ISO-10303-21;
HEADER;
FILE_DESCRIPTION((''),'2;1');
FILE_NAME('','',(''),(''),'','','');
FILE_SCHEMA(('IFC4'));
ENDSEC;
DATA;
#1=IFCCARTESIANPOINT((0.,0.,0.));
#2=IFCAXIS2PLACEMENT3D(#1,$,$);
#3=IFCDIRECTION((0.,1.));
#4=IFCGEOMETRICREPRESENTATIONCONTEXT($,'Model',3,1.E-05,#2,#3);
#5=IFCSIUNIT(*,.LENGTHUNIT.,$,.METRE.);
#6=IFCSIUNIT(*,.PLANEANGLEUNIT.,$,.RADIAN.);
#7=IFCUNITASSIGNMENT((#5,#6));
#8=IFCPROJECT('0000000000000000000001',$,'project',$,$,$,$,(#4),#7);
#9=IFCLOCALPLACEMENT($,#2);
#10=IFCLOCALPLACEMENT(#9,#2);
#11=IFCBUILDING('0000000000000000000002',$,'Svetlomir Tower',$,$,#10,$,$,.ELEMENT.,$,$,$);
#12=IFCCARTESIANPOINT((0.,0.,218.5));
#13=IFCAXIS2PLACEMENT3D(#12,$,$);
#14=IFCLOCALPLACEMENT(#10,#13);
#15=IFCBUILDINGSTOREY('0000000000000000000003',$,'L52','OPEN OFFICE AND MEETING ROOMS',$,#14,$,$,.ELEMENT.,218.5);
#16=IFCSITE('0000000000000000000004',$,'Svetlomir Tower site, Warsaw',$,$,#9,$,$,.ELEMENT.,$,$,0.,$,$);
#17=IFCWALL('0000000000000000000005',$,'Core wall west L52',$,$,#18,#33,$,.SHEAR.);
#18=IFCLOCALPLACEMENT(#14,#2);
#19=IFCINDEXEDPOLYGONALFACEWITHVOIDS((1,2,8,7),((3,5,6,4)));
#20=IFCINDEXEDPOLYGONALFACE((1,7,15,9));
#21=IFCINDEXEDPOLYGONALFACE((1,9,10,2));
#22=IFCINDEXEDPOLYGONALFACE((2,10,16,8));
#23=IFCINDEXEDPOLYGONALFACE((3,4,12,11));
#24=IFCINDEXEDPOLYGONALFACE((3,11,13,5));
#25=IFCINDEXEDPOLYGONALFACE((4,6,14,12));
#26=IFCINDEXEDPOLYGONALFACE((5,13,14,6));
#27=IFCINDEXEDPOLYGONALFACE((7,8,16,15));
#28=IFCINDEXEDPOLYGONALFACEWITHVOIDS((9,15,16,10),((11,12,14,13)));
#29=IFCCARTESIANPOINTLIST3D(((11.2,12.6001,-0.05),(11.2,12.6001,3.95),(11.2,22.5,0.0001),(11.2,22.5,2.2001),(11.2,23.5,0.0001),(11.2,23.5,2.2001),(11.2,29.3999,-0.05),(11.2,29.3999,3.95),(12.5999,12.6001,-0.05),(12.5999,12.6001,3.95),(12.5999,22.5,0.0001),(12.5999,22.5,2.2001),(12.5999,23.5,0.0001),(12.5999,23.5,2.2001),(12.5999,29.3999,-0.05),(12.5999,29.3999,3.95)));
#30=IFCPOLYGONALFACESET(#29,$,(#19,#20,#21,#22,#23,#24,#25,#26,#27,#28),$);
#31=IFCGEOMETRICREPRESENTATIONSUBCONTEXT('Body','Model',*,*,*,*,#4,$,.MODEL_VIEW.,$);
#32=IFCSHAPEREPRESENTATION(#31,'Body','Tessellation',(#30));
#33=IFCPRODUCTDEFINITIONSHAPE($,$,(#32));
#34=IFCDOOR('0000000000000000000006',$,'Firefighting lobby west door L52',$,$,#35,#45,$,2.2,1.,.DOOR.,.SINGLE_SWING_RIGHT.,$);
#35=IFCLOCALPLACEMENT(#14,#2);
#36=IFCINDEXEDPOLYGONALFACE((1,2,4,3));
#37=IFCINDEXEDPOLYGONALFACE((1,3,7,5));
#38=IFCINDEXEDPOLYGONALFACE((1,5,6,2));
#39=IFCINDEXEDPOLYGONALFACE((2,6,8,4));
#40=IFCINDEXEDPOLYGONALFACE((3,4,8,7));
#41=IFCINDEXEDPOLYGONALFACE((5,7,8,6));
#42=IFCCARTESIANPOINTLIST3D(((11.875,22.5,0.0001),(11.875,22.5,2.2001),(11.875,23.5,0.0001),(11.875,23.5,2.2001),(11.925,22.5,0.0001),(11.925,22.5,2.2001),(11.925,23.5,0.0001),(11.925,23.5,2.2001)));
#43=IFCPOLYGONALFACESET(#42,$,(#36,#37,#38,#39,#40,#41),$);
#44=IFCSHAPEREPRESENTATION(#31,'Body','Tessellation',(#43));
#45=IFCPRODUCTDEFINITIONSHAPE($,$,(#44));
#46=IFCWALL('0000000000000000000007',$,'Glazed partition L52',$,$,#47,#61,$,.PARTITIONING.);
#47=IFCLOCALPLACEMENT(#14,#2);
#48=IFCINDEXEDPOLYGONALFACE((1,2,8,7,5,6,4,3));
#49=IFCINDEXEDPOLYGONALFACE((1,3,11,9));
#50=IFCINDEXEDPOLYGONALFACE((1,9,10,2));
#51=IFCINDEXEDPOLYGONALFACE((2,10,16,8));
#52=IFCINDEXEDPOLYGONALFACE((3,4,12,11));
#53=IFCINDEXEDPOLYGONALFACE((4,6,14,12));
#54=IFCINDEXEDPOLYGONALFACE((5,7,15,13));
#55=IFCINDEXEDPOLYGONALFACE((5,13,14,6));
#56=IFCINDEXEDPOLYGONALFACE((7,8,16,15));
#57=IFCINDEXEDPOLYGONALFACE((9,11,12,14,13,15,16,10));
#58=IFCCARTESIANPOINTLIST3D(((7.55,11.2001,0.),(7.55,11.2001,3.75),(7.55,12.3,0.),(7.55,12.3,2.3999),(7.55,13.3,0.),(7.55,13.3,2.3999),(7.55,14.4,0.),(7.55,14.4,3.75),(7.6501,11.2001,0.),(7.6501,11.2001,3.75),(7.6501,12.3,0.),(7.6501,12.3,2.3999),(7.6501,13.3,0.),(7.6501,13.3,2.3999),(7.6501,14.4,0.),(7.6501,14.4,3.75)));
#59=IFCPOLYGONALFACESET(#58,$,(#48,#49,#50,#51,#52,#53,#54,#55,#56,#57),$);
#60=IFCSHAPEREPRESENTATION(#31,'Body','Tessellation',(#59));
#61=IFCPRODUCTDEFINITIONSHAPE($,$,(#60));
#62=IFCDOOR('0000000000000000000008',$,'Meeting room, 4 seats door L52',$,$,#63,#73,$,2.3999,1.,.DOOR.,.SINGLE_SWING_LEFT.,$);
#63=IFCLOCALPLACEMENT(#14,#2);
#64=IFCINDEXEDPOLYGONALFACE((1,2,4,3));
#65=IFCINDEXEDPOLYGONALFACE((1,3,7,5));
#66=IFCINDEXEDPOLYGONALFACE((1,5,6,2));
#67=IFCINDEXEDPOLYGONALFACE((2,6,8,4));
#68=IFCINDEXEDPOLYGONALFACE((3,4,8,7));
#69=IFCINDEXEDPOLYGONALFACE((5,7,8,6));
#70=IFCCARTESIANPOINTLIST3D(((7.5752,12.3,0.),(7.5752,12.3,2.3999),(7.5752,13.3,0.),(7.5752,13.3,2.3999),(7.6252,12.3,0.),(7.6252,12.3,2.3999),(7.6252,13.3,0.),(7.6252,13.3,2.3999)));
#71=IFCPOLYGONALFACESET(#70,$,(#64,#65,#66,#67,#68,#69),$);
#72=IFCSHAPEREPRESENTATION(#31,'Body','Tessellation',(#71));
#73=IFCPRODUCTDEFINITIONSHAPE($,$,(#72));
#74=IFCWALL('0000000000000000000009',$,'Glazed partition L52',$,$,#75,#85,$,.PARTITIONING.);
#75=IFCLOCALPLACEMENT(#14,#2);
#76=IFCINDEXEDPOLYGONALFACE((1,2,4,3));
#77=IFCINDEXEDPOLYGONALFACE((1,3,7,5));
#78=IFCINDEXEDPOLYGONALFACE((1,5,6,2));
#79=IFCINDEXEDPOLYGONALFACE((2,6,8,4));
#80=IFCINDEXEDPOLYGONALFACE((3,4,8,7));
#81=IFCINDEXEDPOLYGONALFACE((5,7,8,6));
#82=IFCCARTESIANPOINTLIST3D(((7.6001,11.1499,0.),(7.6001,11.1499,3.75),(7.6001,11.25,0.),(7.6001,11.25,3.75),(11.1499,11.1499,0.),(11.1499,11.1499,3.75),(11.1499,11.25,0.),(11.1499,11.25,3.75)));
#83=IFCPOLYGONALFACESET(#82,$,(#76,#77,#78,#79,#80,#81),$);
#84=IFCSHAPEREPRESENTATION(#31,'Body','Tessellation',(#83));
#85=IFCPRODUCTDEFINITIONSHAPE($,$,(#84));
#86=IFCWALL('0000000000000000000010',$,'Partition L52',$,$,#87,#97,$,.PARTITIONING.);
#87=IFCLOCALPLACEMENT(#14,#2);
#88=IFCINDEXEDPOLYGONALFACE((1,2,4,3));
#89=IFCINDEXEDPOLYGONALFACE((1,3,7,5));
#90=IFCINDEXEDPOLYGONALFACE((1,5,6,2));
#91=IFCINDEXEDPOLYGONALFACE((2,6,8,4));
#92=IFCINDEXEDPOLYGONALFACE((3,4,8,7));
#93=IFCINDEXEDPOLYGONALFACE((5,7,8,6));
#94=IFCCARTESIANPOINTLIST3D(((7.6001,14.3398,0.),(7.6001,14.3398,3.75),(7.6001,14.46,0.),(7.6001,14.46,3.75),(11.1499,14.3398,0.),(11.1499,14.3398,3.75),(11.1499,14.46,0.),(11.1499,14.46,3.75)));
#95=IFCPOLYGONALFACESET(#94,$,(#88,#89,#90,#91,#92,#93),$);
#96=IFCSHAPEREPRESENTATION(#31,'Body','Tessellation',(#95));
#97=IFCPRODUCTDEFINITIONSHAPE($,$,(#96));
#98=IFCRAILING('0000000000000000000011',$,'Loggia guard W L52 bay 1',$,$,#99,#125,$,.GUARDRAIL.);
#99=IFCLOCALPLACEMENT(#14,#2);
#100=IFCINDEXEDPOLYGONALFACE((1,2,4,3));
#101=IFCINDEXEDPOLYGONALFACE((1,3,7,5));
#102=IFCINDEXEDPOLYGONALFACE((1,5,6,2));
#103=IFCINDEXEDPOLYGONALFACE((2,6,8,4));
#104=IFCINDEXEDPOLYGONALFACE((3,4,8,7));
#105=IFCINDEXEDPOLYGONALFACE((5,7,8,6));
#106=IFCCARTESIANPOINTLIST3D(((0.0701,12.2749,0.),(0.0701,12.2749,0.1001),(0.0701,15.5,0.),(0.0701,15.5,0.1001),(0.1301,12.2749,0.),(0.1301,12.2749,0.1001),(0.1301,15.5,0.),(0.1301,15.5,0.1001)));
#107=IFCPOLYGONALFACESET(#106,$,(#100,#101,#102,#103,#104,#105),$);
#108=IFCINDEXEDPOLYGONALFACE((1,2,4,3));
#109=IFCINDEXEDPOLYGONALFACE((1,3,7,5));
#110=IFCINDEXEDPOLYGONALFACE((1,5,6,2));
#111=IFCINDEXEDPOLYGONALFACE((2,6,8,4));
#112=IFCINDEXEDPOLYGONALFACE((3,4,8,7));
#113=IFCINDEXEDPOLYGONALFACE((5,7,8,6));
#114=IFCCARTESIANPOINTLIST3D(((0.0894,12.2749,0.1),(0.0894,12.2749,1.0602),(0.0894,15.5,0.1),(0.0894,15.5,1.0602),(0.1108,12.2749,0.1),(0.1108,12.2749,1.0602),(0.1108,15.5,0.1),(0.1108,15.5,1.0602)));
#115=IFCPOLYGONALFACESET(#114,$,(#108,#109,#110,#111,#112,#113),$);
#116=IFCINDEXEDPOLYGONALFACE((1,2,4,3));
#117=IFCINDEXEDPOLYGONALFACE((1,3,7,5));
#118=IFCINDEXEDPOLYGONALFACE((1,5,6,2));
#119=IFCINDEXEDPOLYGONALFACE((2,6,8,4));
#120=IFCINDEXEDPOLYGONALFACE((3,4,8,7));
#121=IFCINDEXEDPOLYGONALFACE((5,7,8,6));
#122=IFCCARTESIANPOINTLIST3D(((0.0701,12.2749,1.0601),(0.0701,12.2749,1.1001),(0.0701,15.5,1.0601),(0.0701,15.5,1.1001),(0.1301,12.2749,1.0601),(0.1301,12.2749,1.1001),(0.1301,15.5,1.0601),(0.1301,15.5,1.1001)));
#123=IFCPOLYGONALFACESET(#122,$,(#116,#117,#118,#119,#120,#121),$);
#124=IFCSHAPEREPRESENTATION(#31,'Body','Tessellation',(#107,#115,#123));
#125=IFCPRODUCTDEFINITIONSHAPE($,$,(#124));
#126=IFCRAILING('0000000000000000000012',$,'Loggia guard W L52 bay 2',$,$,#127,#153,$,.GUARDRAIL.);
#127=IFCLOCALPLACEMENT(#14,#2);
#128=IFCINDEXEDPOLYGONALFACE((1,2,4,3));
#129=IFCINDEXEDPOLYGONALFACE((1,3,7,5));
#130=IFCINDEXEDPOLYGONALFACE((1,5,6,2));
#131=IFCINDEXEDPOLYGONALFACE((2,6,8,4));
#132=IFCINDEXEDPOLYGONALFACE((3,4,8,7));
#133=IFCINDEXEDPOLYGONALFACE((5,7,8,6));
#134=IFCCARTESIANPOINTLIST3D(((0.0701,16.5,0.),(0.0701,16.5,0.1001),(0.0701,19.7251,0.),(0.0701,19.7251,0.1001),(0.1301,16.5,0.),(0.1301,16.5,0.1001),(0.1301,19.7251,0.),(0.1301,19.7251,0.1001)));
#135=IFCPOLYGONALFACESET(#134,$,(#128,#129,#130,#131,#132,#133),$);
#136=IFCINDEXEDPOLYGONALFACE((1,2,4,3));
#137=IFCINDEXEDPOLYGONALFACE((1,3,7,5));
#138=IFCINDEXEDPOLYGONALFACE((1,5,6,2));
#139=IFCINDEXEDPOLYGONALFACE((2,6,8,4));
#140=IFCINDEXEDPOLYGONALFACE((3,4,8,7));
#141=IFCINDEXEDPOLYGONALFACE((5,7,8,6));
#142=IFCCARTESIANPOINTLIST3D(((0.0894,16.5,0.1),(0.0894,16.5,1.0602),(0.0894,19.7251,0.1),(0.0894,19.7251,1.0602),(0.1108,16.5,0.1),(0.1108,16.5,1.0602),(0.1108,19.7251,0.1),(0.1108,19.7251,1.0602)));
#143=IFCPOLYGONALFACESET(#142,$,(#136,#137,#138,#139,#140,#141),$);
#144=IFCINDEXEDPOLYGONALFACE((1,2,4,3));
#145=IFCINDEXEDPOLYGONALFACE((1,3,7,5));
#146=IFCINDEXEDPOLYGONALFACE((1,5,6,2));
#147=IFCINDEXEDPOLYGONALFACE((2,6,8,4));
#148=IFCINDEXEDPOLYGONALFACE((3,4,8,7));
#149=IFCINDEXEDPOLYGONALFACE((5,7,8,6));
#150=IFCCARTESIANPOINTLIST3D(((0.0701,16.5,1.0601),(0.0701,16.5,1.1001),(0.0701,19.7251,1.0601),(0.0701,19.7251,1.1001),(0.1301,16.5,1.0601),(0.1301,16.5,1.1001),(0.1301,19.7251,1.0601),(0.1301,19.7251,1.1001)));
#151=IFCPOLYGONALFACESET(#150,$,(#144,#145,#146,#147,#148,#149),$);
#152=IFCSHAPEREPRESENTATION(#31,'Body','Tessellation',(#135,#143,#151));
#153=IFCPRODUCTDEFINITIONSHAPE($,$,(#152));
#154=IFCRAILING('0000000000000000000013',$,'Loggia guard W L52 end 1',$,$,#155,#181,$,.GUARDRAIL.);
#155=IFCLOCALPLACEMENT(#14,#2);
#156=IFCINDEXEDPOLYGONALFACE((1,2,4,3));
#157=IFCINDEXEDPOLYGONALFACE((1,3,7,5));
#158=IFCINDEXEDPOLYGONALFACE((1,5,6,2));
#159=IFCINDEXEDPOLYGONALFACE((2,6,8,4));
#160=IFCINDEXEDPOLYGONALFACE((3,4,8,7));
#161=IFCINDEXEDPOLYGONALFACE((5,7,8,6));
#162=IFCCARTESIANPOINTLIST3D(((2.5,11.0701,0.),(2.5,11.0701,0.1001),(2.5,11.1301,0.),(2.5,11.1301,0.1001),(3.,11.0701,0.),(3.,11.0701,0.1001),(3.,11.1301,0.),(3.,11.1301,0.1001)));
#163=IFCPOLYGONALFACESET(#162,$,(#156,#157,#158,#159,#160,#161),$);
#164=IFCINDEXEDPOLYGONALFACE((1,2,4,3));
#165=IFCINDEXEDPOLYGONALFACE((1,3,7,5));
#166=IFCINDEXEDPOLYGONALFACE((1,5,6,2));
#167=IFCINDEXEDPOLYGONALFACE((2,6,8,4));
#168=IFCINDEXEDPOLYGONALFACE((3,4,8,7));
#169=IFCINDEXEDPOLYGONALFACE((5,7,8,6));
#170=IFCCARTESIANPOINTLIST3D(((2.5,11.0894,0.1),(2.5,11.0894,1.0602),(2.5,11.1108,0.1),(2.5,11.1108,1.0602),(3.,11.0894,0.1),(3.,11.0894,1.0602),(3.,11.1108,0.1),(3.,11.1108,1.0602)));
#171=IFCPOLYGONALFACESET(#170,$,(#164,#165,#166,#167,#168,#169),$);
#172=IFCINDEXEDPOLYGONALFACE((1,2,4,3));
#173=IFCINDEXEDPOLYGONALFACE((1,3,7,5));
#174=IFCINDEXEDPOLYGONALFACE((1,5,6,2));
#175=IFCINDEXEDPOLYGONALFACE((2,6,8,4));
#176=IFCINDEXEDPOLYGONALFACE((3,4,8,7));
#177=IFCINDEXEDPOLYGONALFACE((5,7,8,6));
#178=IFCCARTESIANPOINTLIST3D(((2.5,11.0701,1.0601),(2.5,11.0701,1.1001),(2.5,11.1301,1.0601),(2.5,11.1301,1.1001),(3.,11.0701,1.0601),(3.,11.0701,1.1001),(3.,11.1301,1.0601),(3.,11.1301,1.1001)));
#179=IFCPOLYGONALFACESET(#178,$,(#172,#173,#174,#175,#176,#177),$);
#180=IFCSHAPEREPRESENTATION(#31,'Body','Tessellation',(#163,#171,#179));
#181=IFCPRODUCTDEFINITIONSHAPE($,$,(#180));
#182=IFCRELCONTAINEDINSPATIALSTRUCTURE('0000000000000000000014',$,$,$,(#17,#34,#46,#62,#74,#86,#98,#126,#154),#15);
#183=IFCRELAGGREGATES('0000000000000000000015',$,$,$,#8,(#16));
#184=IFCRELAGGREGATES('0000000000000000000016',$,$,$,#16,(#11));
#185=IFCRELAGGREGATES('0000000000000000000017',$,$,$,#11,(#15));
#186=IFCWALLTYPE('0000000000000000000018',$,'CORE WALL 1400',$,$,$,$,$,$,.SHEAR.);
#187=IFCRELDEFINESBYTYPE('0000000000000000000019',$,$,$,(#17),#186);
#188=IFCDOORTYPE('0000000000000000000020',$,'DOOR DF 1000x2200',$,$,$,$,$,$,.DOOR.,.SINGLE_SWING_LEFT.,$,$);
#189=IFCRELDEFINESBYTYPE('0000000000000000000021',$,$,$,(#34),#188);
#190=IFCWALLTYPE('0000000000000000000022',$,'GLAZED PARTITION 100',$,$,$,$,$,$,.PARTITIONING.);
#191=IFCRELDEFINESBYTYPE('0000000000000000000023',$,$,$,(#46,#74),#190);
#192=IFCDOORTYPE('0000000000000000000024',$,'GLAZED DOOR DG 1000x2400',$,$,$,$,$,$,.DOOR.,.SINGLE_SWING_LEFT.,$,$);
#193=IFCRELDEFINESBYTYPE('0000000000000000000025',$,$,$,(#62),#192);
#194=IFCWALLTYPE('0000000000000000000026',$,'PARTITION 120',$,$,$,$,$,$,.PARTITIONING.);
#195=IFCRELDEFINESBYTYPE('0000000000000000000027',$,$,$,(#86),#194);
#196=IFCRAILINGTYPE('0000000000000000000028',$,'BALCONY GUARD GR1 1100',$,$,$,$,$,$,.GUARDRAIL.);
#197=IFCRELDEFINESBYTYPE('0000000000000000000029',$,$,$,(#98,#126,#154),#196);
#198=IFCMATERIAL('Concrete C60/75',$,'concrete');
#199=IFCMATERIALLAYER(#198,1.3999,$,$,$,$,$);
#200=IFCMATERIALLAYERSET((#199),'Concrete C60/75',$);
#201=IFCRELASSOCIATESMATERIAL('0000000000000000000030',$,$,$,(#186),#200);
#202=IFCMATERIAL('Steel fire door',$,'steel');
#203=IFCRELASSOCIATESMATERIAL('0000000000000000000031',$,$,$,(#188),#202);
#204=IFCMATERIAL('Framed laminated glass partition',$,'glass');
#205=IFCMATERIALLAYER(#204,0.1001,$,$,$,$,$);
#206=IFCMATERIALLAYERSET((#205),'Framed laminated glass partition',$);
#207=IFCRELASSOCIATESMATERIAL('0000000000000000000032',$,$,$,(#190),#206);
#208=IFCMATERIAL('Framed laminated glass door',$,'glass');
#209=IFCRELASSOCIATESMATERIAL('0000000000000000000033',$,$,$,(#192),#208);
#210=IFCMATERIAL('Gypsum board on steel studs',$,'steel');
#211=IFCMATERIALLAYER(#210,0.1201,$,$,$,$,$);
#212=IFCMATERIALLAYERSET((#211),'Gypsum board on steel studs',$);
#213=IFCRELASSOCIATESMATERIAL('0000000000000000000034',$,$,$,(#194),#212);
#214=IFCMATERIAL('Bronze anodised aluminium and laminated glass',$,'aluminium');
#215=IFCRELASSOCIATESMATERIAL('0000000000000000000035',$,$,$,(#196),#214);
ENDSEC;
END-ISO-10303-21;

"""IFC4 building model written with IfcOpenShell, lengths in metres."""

from ifc_helpers import new_model, si_unit, direction, frame, frame_2d, origin, origin_2d, place, context, subcontext, project, spatial, rectangle, extrude, material, layer, layer_set, type_object, element, fill, save


model = new_model("IFC4")

# Units and contexts
model_context = context("Model", 3, precision=1e-05, world=origin(), true_north=direction((0.0, 1.0)))
body_context = subcontext(model_context, "Body", "Model", "MODEL_VIEW")
ifc_project = project(units=[si_unit("LENGTHUNIT", "METRE"), si_unit("PLANEANGLEUNIT", "RADIAN")], contexts=[model_context])

# Site, building, storey
site_placement = place(None, origin())
site = spatial("IfcSite", under=ifc_project, at=site_placement, Name="Svetlomir Tower site, Warsaw", CompositionType="ELEMENT", RefElevation=0.0)
building_placement = place(site_placement, origin())
building = spatial("IfcBuilding", under=site, at=building_placement, Name="Svetlomir Tower", CompositionType="ELEMENT")
storey_placement = place(building_placement, frame((0.0, 0.0, 218.5)))
storey = spatial("IfcBuildingStorey", under=building, at=storey_placement, Name="L52", Description="OPEN OFFICE AND MEETING ROOMS", CompositionType="ELEMENT", Elevation=218.5)

# Walls, openings, doors
ifc_material_1 = material(Name="Concrete C60/75", Category="concrete")
ifc_layer_1 = layer(ifc_material_1, 1.3999)
ifc_layer_set_1 = layer_set([ifc_layer_1], Name="Concrete C60/75")
wall_type_1 = type_object("IfcWallType", Name="CORE WALL 1400", PredefinedType="SHEAR", material=ifc_layer_set_1)
wall_1_placement = place(storey_placement, frame((11.8999, 12.6001, -0.05), z_axis=(0.0, 0.0, 1.0), x_axis=(0.0, 1.0, 0.0)))
wall_1 = element("IfcWall", 1, at=wall_1_placement, inside=storey, type_object=wall_type_1, Name="Core wall west L52", PredefinedType="SHEAR", context=body_context, shape_type="SweptSolid", body=[
    extrude(rectangle(XDim=16.7998, YDim=1.3999, at=frame_2d((8.3999, 0.0))), origin(), (0.0, 0.0, 1.0), 4.0),
])
opening_1_placement = place(wall_1_placement, frame((9.8999, 0.0, 0.05)))
opening_1 = element("IfcOpeningElement", 2, at=opening_1_placement, cuts=wall_1, PredefinedType="OPENING", context=body_context, shape_type="SweptSolid", body=[
    extrude(rectangle(XDim=1.0, YDim=2.2, at=frame_2d((0.5, 1.1001))), frame((0.0, 0.71, 0.0), z_axis=(0.0, -1.0, 0.0), x_axis=(1.0, 0.0, 0.0)), (0.0, 0.0, 1.0), 1.4199),
])
ifc_material_2 = material(Name="Steel fire door", Category="steel")
door_type_1 = type_object("IfcDoorType", Name="DOOR DF 1000x2200", OperationType="SINGLE_SWING_LEFT", PredefinedType="DOOR", material=ifc_material_2)
door_1_placement = place(opening_1_placement, origin())
door_1 = element("IfcDoor", 3, at=door_1_placement, inside=storey, type_object=door_type_1, Name="Firefighting lobby west door L52", OperationType="SINGLE_SWING_RIGHT", OverallHeight=2.2, OverallWidth=1.0, PredefinedType="DOOR", context=body_context, shape_type="SweptSolid", body=[
    extrude(rectangle(XDim=1.0, YDim=2.2, at=frame_2d((0.5, 1.1001))), frame((0.0, 0.0249, 0.0), z_axis=(0.0, -1.0, 0.0), x_axis=(1.0, 0.0, 0.0)), (0.0, 0.0, 1.0), 0.05),
])
fill(opening_1, door_1)
ifc_material_3 = material(Name="Framed laminated glass partition", Category="glass")
ifc_layer_2 = layer(ifc_material_3, 0.1001)
ifc_layer_set_2 = layer_set([ifc_layer_2], Name="Framed laminated glass partition")
wall_type_2 = type_object("IfcWallType", Name="GLAZED PARTITION 100", PredefinedType="PARTITIONING", material=ifc_layer_set_2)
wall_2_placement = place(storey_placement, frame((7.6001, 11.2, 0.0), z_axis=(0.0, 0.0, 1.0), x_axis=(0.0, 1.0, 0.0)))
wall_2 = element("IfcWall", 4, at=wall_2_placement, inside=storey, type_object=wall_type_2, Name="Glazed partition L52", PredefinedType="PARTITIONING", context=body_context, shape_type="SweptSolid", body=[
    extrude(rectangle(XDim=3.2, YDim=0.1001, at=frame_2d((1.6001, 0.0))), origin(), (0.0, 0.0, 1.0), 3.75),
])
opening_2_placement = place(wall_2_placement, frame((1.1001, 0.0, 0.0)))
opening_2 = element("IfcOpeningElement", 5, at=opening_2_placement, cuts=wall_2, PredefinedType="OPENING", context=body_context, shape_type="SweptSolid", body=[
    extrude(rectangle(XDim=1.0, YDim=2.3999, at=frame_2d((0.5, 1.2))), frame((0.0, 0.0601, 0.0), z_axis=(0.0, -1.0, 0.0), x_axis=(1.0, 0.0, 0.0)), (0.0, 0.0, 1.0), 0.1201),
])
ifc_material_4 = material(Name="Framed laminated glass door", Category="glass")
door_type_2 = type_object("IfcDoorType", Name="GLAZED DOOR DG 1000x2400", OperationType="SINGLE_SWING_LEFT", PredefinedType="DOOR", material=ifc_material_4)
door_2_placement = place(opening_2_placement, origin())
door_2 = element("IfcDoor", 6, at=door_2_placement, inside=storey, type_object=door_type_2, Name="Meeting room, 4 seats door L52", OperationType="SINGLE_SWING_LEFT", OverallHeight=2.3999, OverallWidth=1.0, PredefinedType="DOOR", context=body_context, shape_type="SweptSolid", body=[
    extrude(rectangle(XDim=1.0, YDim=2.3999, at=frame_2d((0.5, 1.2))), frame((0.0, 0.0249, 0.0), z_axis=(0.0, -1.0, 0.0), x_axis=(1.0, 0.0, 0.0)), (0.0, 0.0, 1.0), 0.05),
])
fill(opening_2, door_2)

# Wall
wall_3_placement = place(storey_placement, frame((7.6001, 11.2, 0.0), z_axis=(0.0, 0.0, 1.0), x_axis=(1.0, 0.0, 0.0)))
element("IfcWall", 7, at=wall_3_placement, inside=storey, type_object=wall_type_2, Name="Glazed partition L52", PredefinedType="PARTITIONING", context=body_context, shape_type="SweptSolid", body=[
    extrude(rectangle(XDim=3.5498, YDim=0.1001, at=frame_2d((1.7749, 0.0))), origin(), (0.0, 0.0, 1.0), 3.75),
])

# Wall
ifc_material_5 = material(Name="Gypsum board on steel studs", Category="steel")
ifc_layer_3 = layer(ifc_material_5, 0.1201)
ifc_layer_set_3 = layer_set([ifc_layer_3], Name="Gypsum board on steel studs")
wall_type_3 = type_object("IfcWallType", Name="PARTITION 120", PredefinedType="PARTITIONING", material=ifc_layer_set_3)
wall_4_placement = place(storey_placement, frame((7.6001, 14.3999, 0.0), z_axis=(0.0, 0.0, 1.0), x_axis=(1.0, 0.0, 0.0)))
element("IfcWall", 8, at=wall_4_placement, inside=storey, type_object=wall_type_3, Name="Partition L52", PredefinedType="PARTITIONING", context=body_context, shape_type="SweptSolid", body=[
    extrude(rectangle(XDim=3.5498, YDim=0.1201, at=frame_2d((1.7749, 0.0))), origin(), (0.0, 0.0, 1.0), 3.75),
])

# Railings
ifc_material_6 = material(Name="Bronze anodised aluminium and laminated glass", Category="aluminium")
railing_type = type_object("IfcRailingType", Name="BALCONY GUARD GR1 1100", PredefinedType="GUARDRAIL", material=ifc_material_6)
for number, where, name in (
    (9, (0.1001, 12.2749, 0.0), "Loggia guard W L52 bay 1"),
    (10, (0.1001, 16.5, 0.0), "Loggia guard W L52 bay 2"),
):
    element("IfcRailing", number, at=place(storey_placement, frame(where)), inside=storey, type_object=railing_type, Name=name, PredefinedType="GUARDRAIL", context=body_context, shape_type="SweptSolid", body=[
        extrude(rectangle(XDim=0.0601, YDim=0.1001, at=origin_2d()), frame((0.0, 0.0, 0.05), z_axis=(0.0, 1.0, 0.0), x_axis=(-1.0, 0.0, 0.0)), (0.0, 0.0, 1.0), 3.2251),
        extrude(rectangle(XDim=0.0215, YDim=0.9602, at=origin_2d()), frame((0.0, 0.0, 0.5801), z_axis=(0.0, 1.0, 0.0), x_axis=(-1.0, 0.0, 0.0)), (0.0, 0.0, 1.0), 3.2251),
        extrude(rectangle(XDim=0.0601, YDim=0.04, at=origin_2d()), frame((0.0, 0.0, 1.0801), z_axis=(0.0, 1.0, 0.0), x_axis=(-1.0, 0.0, 0.0)), (0.0, 0.0, 1.0), 3.2251),
    ])
railing_placement = place(storey_placement, frame((2.5, 11.1001, 0.0)))
element("IfcRailing", 11, at=railing_placement, inside=storey, type_object=railing_type, Name="Loggia guard W L52 end 1", PredefinedType="GUARDRAIL", context=body_context, shape_type="SweptSolid", body=[
    extrude(rectangle(XDim=0.0601, YDim=0.1001, at=origin_2d()), frame((0.0, 0.0, 0.05), z_axis=(1.0, 0.0, 0.0), x_axis=(0.0, 1.0, 0.0)), (0.0, 0.0, 1.0), 0.5),
    extrude(rectangle(XDim=0.0215, YDim=0.9602, at=origin_2d()), frame((0.0, 0.0, 0.5801), z_axis=(1.0, 0.0, 0.0), x_axis=(0.0, 1.0, 0.0)), (0.0, 0.0, 1.0), 0.5),
    extrude(rectangle(XDim=0.0601, YDim=0.04, at=origin_2d()), frame((0.0, 0.0, 1.0801), z_axis=(1.0, 0.0, 0.0), x_axis=(0.0, 1.0, 0.0)), (0.0, 0.0, 1.0), 0.5),
])

save(model, "model.ifc")
